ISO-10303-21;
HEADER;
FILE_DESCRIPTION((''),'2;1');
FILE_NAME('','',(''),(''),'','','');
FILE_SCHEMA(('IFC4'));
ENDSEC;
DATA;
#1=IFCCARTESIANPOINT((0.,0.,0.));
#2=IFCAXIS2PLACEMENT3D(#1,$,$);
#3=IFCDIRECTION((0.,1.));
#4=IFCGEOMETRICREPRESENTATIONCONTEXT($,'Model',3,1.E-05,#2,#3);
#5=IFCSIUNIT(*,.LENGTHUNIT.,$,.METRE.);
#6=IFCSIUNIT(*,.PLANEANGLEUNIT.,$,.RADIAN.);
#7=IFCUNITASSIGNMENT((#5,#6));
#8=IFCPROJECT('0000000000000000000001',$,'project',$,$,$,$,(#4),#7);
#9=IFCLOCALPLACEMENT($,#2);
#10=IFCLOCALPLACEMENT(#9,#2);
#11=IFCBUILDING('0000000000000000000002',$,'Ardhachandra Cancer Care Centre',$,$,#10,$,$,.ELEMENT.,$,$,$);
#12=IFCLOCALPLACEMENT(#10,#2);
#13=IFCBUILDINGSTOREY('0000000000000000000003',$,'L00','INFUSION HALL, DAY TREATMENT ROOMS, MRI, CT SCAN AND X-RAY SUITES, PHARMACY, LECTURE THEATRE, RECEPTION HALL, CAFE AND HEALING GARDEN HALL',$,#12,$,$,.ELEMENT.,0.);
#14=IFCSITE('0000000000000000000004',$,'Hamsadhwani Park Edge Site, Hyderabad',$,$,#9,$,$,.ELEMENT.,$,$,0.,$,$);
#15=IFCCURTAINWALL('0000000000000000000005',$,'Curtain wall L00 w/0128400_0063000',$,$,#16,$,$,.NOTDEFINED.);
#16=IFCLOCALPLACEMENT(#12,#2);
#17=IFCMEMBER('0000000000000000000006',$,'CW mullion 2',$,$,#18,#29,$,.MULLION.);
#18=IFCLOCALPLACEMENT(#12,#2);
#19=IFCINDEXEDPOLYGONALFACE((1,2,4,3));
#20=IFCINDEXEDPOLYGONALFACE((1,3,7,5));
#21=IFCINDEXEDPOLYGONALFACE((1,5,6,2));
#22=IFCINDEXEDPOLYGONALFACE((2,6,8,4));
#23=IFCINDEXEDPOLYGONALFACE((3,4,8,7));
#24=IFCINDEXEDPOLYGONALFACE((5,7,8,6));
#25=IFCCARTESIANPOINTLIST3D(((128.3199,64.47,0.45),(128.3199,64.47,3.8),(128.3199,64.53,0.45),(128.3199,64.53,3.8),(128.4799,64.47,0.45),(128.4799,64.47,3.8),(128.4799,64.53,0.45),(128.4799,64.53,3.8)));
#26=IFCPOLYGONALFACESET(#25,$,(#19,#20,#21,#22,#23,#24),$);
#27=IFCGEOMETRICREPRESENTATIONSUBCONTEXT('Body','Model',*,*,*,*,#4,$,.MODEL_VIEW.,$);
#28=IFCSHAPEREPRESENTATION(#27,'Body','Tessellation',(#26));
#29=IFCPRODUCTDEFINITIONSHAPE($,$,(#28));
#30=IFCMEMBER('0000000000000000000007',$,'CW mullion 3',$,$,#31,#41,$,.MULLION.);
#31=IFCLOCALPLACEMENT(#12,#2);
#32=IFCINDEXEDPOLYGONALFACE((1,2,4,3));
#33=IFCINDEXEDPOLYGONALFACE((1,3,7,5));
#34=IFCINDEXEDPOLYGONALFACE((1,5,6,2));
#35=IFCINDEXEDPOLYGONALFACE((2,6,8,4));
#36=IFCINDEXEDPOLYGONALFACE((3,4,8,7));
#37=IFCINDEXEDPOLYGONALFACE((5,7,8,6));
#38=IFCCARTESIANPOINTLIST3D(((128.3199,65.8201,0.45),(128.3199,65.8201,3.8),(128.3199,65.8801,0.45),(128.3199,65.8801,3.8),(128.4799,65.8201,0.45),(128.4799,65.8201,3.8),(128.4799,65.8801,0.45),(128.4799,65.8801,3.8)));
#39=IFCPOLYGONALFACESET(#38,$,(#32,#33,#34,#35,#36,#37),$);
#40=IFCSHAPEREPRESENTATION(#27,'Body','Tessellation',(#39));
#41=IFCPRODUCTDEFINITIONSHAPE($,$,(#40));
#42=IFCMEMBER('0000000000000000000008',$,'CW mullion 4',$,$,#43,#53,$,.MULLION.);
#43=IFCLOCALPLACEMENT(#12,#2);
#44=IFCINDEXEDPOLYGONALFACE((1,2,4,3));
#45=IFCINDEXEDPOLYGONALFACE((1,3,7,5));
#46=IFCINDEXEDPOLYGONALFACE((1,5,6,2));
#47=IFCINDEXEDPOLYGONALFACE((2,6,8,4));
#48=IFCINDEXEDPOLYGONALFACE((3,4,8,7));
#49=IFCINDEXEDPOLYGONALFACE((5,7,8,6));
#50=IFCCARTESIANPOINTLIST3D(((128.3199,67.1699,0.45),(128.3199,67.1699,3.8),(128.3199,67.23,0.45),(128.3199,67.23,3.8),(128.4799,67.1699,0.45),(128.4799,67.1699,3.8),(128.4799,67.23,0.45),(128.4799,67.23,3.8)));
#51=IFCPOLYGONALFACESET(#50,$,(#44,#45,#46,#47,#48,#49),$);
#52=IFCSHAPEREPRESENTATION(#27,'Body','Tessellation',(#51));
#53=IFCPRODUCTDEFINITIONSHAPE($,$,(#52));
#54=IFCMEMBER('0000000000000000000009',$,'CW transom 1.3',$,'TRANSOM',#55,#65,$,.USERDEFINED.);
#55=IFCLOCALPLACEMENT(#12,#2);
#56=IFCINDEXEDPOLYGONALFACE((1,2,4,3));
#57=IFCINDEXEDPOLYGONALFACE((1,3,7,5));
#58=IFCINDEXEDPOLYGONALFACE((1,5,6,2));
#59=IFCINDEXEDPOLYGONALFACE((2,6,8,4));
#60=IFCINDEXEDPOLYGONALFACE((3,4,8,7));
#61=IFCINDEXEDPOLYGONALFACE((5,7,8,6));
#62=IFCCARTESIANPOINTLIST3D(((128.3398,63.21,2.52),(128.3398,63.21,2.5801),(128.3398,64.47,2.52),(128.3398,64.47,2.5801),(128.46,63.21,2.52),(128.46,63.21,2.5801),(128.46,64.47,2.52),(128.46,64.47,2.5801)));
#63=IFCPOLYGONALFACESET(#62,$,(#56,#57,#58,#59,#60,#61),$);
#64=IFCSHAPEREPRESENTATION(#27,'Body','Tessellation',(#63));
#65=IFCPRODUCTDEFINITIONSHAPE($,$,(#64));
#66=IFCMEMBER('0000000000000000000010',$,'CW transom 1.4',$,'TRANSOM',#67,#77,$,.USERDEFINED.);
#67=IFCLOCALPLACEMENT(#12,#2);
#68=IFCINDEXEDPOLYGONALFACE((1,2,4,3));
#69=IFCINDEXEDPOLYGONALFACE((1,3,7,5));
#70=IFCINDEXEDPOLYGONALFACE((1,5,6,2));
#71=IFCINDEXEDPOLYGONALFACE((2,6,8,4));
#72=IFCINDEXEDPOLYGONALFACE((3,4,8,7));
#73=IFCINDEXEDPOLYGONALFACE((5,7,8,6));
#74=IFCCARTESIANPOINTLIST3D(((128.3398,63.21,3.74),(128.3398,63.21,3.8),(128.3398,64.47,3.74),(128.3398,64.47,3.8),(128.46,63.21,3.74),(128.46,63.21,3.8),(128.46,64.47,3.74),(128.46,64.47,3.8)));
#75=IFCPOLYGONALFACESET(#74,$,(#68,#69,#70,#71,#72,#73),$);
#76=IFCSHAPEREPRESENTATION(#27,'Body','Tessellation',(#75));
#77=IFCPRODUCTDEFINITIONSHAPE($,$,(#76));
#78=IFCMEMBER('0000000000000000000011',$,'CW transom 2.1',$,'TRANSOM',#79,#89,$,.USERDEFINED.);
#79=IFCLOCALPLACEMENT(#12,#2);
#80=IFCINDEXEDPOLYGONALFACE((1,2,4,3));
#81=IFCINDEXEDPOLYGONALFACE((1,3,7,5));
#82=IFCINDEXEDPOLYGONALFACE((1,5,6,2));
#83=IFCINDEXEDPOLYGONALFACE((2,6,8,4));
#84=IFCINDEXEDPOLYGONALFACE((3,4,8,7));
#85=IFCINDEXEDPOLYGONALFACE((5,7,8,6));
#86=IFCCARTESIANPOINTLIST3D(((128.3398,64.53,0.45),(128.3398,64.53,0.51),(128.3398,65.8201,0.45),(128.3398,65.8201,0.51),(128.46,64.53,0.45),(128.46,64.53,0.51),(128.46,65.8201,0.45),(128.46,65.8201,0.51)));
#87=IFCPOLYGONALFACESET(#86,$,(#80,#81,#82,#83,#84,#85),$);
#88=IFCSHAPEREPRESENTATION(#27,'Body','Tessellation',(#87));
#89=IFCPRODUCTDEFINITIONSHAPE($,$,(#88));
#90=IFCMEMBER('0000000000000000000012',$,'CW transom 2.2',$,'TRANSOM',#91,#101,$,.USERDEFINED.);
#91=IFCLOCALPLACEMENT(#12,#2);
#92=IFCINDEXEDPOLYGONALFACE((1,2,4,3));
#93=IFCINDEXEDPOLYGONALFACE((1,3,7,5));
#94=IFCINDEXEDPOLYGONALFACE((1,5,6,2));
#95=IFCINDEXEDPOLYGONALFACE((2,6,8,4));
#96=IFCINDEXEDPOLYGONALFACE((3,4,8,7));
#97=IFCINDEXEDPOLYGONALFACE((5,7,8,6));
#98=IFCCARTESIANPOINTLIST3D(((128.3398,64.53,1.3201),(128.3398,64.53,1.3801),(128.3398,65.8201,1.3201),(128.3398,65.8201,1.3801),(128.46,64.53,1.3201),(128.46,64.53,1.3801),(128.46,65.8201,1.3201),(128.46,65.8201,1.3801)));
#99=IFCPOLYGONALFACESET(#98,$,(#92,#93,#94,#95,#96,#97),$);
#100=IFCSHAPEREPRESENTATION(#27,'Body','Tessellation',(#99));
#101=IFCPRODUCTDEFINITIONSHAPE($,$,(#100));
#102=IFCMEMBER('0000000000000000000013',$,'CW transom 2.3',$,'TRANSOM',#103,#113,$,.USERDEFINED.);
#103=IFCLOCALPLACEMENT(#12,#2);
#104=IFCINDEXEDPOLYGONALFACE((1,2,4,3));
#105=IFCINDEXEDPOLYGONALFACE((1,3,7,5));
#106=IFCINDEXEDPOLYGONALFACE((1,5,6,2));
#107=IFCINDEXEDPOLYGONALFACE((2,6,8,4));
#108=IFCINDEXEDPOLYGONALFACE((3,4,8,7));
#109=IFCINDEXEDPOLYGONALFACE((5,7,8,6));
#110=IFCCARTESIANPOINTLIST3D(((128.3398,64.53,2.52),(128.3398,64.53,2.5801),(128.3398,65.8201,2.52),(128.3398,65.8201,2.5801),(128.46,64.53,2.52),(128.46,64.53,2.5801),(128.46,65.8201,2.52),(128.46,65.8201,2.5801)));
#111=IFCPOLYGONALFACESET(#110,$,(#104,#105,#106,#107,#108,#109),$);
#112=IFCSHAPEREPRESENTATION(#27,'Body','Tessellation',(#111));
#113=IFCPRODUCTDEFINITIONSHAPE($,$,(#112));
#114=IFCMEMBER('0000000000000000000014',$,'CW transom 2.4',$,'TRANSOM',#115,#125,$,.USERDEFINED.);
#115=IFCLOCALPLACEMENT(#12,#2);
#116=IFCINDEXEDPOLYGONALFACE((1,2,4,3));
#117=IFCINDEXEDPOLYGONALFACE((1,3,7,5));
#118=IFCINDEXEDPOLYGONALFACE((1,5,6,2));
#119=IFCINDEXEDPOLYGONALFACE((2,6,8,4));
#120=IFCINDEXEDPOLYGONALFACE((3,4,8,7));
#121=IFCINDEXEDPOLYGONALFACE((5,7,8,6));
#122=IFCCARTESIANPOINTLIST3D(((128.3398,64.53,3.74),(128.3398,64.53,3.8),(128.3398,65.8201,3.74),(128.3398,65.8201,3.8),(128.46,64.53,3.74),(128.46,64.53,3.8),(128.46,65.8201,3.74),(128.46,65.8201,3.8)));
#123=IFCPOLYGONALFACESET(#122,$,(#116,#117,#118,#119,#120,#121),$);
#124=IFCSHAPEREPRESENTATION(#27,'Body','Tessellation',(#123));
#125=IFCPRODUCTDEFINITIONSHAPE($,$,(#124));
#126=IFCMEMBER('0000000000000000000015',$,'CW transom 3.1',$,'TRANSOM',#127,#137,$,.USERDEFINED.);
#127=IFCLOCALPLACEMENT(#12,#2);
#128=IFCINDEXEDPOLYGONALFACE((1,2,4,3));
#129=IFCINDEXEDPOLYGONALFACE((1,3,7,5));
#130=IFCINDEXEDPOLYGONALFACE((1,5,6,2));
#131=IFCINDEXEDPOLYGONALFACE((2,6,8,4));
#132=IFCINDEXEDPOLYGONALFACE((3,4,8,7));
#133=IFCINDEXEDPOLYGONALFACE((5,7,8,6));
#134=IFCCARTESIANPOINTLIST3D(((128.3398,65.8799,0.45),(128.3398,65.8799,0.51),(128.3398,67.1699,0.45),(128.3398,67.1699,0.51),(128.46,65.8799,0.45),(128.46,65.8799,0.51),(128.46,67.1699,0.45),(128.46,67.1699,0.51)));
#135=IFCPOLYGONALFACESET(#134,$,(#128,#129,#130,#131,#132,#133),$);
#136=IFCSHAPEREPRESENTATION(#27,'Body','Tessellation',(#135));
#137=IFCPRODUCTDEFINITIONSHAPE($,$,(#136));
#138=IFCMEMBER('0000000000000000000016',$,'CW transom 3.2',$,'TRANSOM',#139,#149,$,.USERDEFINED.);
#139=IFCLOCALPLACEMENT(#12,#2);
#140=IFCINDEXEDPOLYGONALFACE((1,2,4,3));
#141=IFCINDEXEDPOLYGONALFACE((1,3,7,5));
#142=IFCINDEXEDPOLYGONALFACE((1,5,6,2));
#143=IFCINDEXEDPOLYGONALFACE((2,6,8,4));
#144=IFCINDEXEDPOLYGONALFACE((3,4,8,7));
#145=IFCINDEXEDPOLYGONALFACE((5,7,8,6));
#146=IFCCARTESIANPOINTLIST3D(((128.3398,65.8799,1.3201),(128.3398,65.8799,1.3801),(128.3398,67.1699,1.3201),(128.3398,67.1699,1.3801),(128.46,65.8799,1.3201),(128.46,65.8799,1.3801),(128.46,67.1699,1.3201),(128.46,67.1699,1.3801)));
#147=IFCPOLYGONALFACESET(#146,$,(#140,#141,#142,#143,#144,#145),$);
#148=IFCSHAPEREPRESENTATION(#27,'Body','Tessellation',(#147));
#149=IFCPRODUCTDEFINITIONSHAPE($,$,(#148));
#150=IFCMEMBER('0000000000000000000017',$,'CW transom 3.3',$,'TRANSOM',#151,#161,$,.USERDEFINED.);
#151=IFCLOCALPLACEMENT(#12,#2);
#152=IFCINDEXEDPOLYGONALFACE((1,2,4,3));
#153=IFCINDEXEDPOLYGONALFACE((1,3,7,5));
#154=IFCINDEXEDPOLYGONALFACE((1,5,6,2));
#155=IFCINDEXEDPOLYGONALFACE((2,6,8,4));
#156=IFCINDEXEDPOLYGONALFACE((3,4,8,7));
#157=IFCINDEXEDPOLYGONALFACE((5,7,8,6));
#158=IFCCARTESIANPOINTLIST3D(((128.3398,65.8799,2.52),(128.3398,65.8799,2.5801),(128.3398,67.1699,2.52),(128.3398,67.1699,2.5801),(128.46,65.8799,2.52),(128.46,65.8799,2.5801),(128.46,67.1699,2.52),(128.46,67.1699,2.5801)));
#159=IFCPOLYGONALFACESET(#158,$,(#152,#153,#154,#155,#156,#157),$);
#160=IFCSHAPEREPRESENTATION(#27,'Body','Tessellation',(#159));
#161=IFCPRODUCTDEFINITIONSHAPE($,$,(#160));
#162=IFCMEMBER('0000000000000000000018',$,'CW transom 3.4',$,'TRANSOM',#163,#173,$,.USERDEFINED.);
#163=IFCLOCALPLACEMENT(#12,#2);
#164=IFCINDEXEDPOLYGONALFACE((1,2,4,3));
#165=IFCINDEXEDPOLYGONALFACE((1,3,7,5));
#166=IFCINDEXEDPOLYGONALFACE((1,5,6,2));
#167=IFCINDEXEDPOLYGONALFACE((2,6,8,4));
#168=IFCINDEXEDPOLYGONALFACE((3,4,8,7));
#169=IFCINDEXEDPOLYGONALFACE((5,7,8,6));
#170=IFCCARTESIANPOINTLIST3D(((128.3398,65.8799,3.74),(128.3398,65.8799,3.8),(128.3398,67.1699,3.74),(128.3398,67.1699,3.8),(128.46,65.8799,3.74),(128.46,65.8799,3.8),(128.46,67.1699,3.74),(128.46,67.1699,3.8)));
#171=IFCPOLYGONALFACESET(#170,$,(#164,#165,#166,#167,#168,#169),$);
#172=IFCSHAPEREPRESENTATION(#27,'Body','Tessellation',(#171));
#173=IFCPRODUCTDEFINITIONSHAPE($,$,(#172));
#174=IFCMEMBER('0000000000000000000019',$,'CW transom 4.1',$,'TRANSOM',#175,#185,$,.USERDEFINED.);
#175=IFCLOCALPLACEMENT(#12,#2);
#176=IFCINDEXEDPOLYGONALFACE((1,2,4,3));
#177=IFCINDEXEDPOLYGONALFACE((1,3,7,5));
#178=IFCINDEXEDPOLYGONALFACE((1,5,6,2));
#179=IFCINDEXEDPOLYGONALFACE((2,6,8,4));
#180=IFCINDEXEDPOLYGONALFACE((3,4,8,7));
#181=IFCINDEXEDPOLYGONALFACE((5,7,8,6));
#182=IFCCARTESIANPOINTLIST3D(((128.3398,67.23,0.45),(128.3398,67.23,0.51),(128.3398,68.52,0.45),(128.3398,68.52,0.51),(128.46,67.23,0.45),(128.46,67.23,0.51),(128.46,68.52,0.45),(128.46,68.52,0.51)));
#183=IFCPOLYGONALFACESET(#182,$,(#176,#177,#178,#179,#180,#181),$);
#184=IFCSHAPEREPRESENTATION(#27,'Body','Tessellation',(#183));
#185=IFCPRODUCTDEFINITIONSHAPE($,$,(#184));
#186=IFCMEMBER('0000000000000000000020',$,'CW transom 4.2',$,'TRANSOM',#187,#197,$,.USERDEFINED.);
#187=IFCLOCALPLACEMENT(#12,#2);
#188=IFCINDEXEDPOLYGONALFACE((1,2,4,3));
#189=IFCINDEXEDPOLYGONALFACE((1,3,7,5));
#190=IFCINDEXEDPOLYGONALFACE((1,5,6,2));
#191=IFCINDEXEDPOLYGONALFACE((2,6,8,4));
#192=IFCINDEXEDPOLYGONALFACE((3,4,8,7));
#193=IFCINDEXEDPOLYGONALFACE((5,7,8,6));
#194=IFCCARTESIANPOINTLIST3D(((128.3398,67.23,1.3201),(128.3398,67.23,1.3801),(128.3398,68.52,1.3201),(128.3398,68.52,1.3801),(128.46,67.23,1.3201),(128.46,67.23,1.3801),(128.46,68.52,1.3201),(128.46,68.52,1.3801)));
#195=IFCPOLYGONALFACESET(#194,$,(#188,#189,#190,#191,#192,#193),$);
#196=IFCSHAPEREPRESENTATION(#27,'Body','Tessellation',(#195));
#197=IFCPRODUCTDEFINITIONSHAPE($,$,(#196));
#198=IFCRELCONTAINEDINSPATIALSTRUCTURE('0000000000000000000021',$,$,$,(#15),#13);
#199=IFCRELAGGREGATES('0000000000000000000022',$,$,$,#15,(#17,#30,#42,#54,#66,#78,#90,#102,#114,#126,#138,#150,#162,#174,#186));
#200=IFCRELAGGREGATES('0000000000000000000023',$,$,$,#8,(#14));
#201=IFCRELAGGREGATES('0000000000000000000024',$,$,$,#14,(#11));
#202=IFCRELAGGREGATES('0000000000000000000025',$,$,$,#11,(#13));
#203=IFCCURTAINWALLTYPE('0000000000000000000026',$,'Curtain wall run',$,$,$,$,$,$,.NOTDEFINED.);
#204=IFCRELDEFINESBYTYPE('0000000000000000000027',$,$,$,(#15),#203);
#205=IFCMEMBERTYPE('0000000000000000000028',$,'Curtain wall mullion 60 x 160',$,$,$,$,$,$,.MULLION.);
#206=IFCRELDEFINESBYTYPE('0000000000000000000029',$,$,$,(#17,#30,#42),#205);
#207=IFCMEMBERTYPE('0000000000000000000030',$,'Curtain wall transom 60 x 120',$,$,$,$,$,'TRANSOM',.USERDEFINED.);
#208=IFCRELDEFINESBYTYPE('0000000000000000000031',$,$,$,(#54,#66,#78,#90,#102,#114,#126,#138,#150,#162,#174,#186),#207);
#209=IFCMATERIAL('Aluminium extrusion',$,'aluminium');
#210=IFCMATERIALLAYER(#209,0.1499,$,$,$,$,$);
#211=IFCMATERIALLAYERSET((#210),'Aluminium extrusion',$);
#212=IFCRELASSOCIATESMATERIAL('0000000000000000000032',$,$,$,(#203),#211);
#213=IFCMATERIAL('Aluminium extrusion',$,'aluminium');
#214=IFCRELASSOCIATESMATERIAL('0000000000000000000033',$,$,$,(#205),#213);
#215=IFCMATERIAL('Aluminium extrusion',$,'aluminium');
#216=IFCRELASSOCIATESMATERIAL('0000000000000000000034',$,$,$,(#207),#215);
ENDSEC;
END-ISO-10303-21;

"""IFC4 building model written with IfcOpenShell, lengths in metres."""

from ifc_helpers import new_model, si_unit, direction, frame, origin, origin_2d, place, context, subcontext, project, spatial, rectangle, extrude, material, layer, layer_set, material_profile, profile_set, type_object, element, aggregate, save


model = new_model("IFC4")

# Units and contexts
model_context = context("Model", 3, precision=1e-05, world=origin(), true_north=direction((0.0, 1.0)))
body_context = subcontext(model_context, "Body", "Model", "MODEL_VIEW")
ifc_project = project(units=[si_unit("LENGTHUNIT", "METRE"), si_unit("PLANEANGLEUNIT", "RADIAN")], contexts=[model_context])

# Site, building, storey
site_placement = place(None, origin())
site = spatial("IfcSite", under=ifc_project, at=site_placement, Name="Hamsadhwani Park Edge Site, Hyderabad", CompositionType="ELEMENT", RefElevation=0.0)
building_placement = place(site_placement, origin())
building = spatial("IfcBuilding", under=site, at=building_placement, Name="Ardhachandra Cancer Care Centre", CompositionType="ELEMENT")
storey_placement = place(building_placement, origin())
storey = spatial("IfcBuildingStorey", under=building, at=storey_placement, Name="L00", Description="INFUSION HALL, DAY TREATMENT ROOMS, MRI, CT SCAN AND X-RAY SUITES, PHARMACY, LECTURE THEATRE, RECEPTION HALL, CAFE AND HEALING GARDEN HALL", CompositionType="ELEMENT", Elevation=0.0)

# Curtain wall, members
ifc_material_1 = material(Name="Aluminium extrusion", Category="aluminium")
ifc_layer_1 = layer(ifc_material_1, 0.1499)
ifc_layer_set_1 = layer_set([ifc_layer_1], Name="Aluminium extrusion")
curtain_wall_type = type_object("IfcCurtainWallType", Name="Curtain wall run", PredefinedType="NOTDEFINED", material=ifc_layer_set_1)
curtain_wall_placement = place(storey_placement, origin())
curtain_wall = element("IfcCurtainWall", 1, at=curtain_wall_placement, inside=storey, type_object=curtain_wall_type, Name="Curtain wall L00 w/0128400_0063000", PredefinedType="NOTDEFINED")
ifc_material_2 = material(Name="Aluminium extrusion", Category="aluminium")
ifc_material_profile_1 = material_profile(ifc_material_2, rectangle(XDim=0.1599, YDim=0.0601, at=origin_2d()), Name="Curtain wall mullion 60 x 160")
ifc_profile_set_1 = profile_set([ifc_material_profile_1], Name="Aluminium extrusion")
member_type_1 = type_object("IfcMemberType", Name="Curtain wall mullion 60 x 160", PredefinedType="MULLION", material=ifc_profile_set_1)
member_1_placement = place(storey_placement, frame((128.3999, 64.5, 0.45), z_axis=(0.0, 0.0, 1.0), x_axis=(-1.0, 0.0, 0.0)))
member_1 = element("IfcMember", 2, at=member_1_placement, type_object=member_type_1, Name="CW mullion 2", PredefinedType="MULLION", context=body_context, shape_type="SweptSolid", body=[
    extrude(rectangle(XDim=0.1599, YDim=0.0601, at=origin_2d()), origin(), (0.0, 0.0, 1.0), 3.3501),
])
member_2_placement = place(storey_placement, frame((128.3999, 65.8501, 0.45), z_axis=(0.0, 0.0, 1.0), x_axis=(-1.0, 0.0, 0.0)))
member_2 = element("IfcMember", 3, at=member_2_placement, type_object=member_type_1, Name="CW mullion 3", PredefinedType="MULLION", context=body_context, shape_type="SweptSolid", body=[
    extrude(rectangle(XDim=0.1599, YDim=0.0601, at=origin_2d()), origin(), (0.0, 0.0, 1.0), 3.3501),
])
member_3_placement = place(storey_placement, frame((128.3999, 67.2, 0.45), z_axis=(0.0, 0.0, 1.0), x_axis=(-1.0, 0.0, 0.0)))
member_3 = element("IfcMember", 4, at=member_3_placement, type_object=member_type_1, Name="CW mullion 4", PredefinedType="MULLION", context=body_context, shape_type="SweptSolid", body=[
    extrude(rectangle(XDim=0.1599, YDim=0.0601, at=origin_2d()), origin(), (0.0, 0.0, 1.0), 3.3501),
])
ifc_material_3 = material(Name="Aluminium extrusion", Category="aluminium")
ifc_material_profile_2 = material_profile(ifc_material_3, rectangle(XDim=0.1201, YDim=0.0601, at=origin_2d()), Name="Curtain wall transom 60 x 120")
ifc_profile_set_2 = profile_set([ifc_material_profile_2], Name="Aluminium extrusion")
member_type_2 = type_object("IfcMemberType", Name="Curtain wall transom 60 x 120", ElementType="TRANSOM", PredefinedType="USERDEFINED", material=ifc_profile_set_2)
member_4_placement = place(storey_placement, frame((128.3999, 63.21, 2.55), z_axis=(0.0, 1.0, 0.0), x_axis=(-1.0, 0.0, 0.0)))
member_4 = element("IfcMember", 5, at=member_4_placement, type_object=member_type_2, Name="CW transom 1.3", ObjectType="TRANSOM", PredefinedType="USERDEFINED", context=body_context, shape_type="SweptSolid", body=[
    extrude(rectangle(XDim=0.1201, YDim=0.0601, at=origin_2d()), origin(), (0.0, 0.0, 1.0), 1.26),
])
member_5_placement = place(storey_placement, frame((128.3999, 63.21, 3.77), z_axis=(0.0, 1.0, 0.0), x_axis=(-1.0, 0.0, 0.0)))
member_5 = element("IfcMember", 6, at=member_5_placement, type_object=member_type_2, Name="CW transom 1.4", ObjectType="TRANSOM", PredefinedType="USERDEFINED", context=body_context, shape_type="SweptSolid", body=[
    extrude(rectangle(XDim=0.1201, YDim=0.0601, at=origin_2d()), origin(), (0.0, 0.0, 1.0), 1.26),
])
member_6_placement = place(storey_placement, frame((128.3999, 64.53, 0.48), z_axis=(0.0, 1.0, 0.0), x_axis=(-1.0, 0.0, 0.0)))
member_6 = element("IfcMember", 7, at=member_6_placement, type_object=member_type_2, Name="CW transom 2.1", ObjectType="TRANSOM", PredefinedType="USERDEFINED", context=body_context, shape_type="SweptSolid", body=[
    extrude(rectangle(XDim=0.1201, YDim=0.0601, at=origin_2d()), origin(), (0.0, 0.0, 1.0), 1.29),
])
member_7_placement = place(storey_placement, frame((128.3999, 64.53, 1.3501), z_axis=(0.0, 1.0, 0.0), x_axis=(-1.0, 0.0, 0.0)))
member_7 = element("IfcMember", 8, at=member_7_placement, type_object=member_type_2, Name="CW transom 2.2", ObjectType="TRANSOM", PredefinedType="USERDEFINED", context=body_context, shape_type="SweptSolid", body=[
    extrude(rectangle(XDim=0.1201, YDim=0.0601, at=origin_2d()), origin(), (0.0, 0.0, 1.0), 1.29),
])
member_8_placement = place(storey_placement, frame((128.3999, 64.53, 2.55), z_axis=(0.0, 1.0, 0.0), x_axis=(-1.0, 0.0, 0.0)))
member_8 = element("IfcMember", 9, at=member_8_placement, type_object=member_type_2, Name="CW transom 2.3", ObjectType="TRANSOM", PredefinedType="USERDEFINED", context=body_context, shape_type="SweptSolid", body=[
    extrude(rectangle(XDim=0.1201, YDim=0.0601, at=origin_2d()), origin(), (0.0, 0.0, 1.0), 1.29),
])
member_9_placement = place(storey_placement, frame((128.3999, 64.53, 3.77), z_axis=(0.0, 1.0, 0.0), x_axis=(-1.0, 0.0, 0.0)))
member_9 = element("IfcMember", 10, at=member_9_placement, type_object=member_type_2, Name="CW transom 2.4", ObjectType="TRANSOM", PredefinedType="USERDEFINED", context=body_context, shape_type="SweptSolid", body=[
    extrude(rectangle(XDim=0.1201, YDim=0.0601, at=origin_2d()), origin(), (0.0, 0.0, 1.0), 1.29),
])
member_10_placement = place(storey_placement, frame((128.3999, 65.8799, 0.48), z_axis=(0.0, 1.0, 0.0), x_axis=(-1.0, 0.0, 0.0)))
member_10 = element("IfcMember", 11, at=member_10_placement, type_object=member_type_2, Name="CW transom 3.1", ObjectType="TRANSOM", PredefinedType="USERDEFINED", context=body_context, shape_type="SweptSolid", body=[
    extrude(rectangle(XDim=0.1201, YDim=0.0601, at=origin_2d()), origin(), (0.0, 0.0, 1.0), 1.29),
])
member_11_placement = place(storey_placement, frame((128.3999, 65.8799, 1.3501), z_axis=(0.0, 1.0, 0.0), x_axis=(-1.0, 0.0, 0.0)))
member_11 = element("IfcMember", 12, at=member_11_placement, type_object=member_type_2, Name="CW transom 3.2", ObjectType="TRANSOM", PredefinedType="USERDEFINED", context=body_context, shape_type="SweptSolid", body=[
    extrude(rectangle(XDim=0.1201, YDim=0.0601, at=origin_2d()), origin(), (0.0, 0.0, 1.0), 1.29),
])
member_12_placement = place(storey_placement, frame((128.3999, 65.8799, 2.55), z_axis=(0.0, 1.0, 0.0), x_axis=(-1.0, 0.0, 0.0)))
member_12 = element("IfcMember", 13, at=member_12_placement, type_object=member_type_2, Name="CW transom 3.3", ObjectType="TRANSOM", PredefinedType="USERDEFINED", context=body_context, shape_type="SweptSolid", body=[
    extrude(rectangle(XDim=0.1201, YDim=0.0601, at=origin_2d()), origin(), (0.0, 0.0, 1.0), 1.29),
])
member_13_placement = place(storey_placement, frame((128.3999, 65.8799, 3.77), z_axis=(0.0, 1.0, 0.0), x_axis=(-1.0, 0.0, 0.0)))
member_13 = element("IfcMember", 14, at=member_13_placement, type_object=member_type_2, Name="CW transom 3.4", ObjectType="TRANSOM", PredefinedType="USERDEFINED", context=body_context, shape_type="SweptSolid", body=[
    extrude(rectangle(XDim=0.1201, YDim=0.0601, at=origin_2d()), origin(), (0.0, 0.0, 1.0), 1.29),
])
member_14_placement = place(storey_placement, frame((128.3999, 67.23, 0.48), z_axis=(0.0, 1.0, 0.0), x_axis=(-1.0, 0.0, 0.0)))
member_14 = element("IfcMember", 15, at=member_14_placement, type_object=member_type_2, Name="CW transom 4.1", ObjectType="TRANSOM", PredefinedType="USERDEFINED", context=body_context, shape_type="SweptSolid", body=[
    extrude(rectangle(XDim=0.1201, YDim=0.0601, at=origin_2d()), origin(), (0.0, 0.0, 1.0), 1.29),
])
member_15_placement = place(storey_placement, frame((128.3999, 67.23, 1.3501), z_axis=(0.0, 1.0, 0.0), x_axis=(-1.0, 0.0, 0.0)))
member_15 = element("IfcMember", 16, at=member_15_placement, type_object=member_type_2, Name="CW transom 4.2", ObjectType="TRANSOM", PredefinedType="USERDEFINED", context=body_context, shape_type="SweptSolid", body=[
    extrude(rectangle(XDim=0.1201, YDim=0.0601, at=origin_2d()), origin(), (0.0, 0.0, 1.0), 1.29),
])
aggregate(curtain_wall, [member_1, member_2, member_3, member_4, member_5, member_6, member_7, member_8, member_9, member_10, member_11, member_12, member_13, member_14, member_15])

save(model, "model.ifc")
